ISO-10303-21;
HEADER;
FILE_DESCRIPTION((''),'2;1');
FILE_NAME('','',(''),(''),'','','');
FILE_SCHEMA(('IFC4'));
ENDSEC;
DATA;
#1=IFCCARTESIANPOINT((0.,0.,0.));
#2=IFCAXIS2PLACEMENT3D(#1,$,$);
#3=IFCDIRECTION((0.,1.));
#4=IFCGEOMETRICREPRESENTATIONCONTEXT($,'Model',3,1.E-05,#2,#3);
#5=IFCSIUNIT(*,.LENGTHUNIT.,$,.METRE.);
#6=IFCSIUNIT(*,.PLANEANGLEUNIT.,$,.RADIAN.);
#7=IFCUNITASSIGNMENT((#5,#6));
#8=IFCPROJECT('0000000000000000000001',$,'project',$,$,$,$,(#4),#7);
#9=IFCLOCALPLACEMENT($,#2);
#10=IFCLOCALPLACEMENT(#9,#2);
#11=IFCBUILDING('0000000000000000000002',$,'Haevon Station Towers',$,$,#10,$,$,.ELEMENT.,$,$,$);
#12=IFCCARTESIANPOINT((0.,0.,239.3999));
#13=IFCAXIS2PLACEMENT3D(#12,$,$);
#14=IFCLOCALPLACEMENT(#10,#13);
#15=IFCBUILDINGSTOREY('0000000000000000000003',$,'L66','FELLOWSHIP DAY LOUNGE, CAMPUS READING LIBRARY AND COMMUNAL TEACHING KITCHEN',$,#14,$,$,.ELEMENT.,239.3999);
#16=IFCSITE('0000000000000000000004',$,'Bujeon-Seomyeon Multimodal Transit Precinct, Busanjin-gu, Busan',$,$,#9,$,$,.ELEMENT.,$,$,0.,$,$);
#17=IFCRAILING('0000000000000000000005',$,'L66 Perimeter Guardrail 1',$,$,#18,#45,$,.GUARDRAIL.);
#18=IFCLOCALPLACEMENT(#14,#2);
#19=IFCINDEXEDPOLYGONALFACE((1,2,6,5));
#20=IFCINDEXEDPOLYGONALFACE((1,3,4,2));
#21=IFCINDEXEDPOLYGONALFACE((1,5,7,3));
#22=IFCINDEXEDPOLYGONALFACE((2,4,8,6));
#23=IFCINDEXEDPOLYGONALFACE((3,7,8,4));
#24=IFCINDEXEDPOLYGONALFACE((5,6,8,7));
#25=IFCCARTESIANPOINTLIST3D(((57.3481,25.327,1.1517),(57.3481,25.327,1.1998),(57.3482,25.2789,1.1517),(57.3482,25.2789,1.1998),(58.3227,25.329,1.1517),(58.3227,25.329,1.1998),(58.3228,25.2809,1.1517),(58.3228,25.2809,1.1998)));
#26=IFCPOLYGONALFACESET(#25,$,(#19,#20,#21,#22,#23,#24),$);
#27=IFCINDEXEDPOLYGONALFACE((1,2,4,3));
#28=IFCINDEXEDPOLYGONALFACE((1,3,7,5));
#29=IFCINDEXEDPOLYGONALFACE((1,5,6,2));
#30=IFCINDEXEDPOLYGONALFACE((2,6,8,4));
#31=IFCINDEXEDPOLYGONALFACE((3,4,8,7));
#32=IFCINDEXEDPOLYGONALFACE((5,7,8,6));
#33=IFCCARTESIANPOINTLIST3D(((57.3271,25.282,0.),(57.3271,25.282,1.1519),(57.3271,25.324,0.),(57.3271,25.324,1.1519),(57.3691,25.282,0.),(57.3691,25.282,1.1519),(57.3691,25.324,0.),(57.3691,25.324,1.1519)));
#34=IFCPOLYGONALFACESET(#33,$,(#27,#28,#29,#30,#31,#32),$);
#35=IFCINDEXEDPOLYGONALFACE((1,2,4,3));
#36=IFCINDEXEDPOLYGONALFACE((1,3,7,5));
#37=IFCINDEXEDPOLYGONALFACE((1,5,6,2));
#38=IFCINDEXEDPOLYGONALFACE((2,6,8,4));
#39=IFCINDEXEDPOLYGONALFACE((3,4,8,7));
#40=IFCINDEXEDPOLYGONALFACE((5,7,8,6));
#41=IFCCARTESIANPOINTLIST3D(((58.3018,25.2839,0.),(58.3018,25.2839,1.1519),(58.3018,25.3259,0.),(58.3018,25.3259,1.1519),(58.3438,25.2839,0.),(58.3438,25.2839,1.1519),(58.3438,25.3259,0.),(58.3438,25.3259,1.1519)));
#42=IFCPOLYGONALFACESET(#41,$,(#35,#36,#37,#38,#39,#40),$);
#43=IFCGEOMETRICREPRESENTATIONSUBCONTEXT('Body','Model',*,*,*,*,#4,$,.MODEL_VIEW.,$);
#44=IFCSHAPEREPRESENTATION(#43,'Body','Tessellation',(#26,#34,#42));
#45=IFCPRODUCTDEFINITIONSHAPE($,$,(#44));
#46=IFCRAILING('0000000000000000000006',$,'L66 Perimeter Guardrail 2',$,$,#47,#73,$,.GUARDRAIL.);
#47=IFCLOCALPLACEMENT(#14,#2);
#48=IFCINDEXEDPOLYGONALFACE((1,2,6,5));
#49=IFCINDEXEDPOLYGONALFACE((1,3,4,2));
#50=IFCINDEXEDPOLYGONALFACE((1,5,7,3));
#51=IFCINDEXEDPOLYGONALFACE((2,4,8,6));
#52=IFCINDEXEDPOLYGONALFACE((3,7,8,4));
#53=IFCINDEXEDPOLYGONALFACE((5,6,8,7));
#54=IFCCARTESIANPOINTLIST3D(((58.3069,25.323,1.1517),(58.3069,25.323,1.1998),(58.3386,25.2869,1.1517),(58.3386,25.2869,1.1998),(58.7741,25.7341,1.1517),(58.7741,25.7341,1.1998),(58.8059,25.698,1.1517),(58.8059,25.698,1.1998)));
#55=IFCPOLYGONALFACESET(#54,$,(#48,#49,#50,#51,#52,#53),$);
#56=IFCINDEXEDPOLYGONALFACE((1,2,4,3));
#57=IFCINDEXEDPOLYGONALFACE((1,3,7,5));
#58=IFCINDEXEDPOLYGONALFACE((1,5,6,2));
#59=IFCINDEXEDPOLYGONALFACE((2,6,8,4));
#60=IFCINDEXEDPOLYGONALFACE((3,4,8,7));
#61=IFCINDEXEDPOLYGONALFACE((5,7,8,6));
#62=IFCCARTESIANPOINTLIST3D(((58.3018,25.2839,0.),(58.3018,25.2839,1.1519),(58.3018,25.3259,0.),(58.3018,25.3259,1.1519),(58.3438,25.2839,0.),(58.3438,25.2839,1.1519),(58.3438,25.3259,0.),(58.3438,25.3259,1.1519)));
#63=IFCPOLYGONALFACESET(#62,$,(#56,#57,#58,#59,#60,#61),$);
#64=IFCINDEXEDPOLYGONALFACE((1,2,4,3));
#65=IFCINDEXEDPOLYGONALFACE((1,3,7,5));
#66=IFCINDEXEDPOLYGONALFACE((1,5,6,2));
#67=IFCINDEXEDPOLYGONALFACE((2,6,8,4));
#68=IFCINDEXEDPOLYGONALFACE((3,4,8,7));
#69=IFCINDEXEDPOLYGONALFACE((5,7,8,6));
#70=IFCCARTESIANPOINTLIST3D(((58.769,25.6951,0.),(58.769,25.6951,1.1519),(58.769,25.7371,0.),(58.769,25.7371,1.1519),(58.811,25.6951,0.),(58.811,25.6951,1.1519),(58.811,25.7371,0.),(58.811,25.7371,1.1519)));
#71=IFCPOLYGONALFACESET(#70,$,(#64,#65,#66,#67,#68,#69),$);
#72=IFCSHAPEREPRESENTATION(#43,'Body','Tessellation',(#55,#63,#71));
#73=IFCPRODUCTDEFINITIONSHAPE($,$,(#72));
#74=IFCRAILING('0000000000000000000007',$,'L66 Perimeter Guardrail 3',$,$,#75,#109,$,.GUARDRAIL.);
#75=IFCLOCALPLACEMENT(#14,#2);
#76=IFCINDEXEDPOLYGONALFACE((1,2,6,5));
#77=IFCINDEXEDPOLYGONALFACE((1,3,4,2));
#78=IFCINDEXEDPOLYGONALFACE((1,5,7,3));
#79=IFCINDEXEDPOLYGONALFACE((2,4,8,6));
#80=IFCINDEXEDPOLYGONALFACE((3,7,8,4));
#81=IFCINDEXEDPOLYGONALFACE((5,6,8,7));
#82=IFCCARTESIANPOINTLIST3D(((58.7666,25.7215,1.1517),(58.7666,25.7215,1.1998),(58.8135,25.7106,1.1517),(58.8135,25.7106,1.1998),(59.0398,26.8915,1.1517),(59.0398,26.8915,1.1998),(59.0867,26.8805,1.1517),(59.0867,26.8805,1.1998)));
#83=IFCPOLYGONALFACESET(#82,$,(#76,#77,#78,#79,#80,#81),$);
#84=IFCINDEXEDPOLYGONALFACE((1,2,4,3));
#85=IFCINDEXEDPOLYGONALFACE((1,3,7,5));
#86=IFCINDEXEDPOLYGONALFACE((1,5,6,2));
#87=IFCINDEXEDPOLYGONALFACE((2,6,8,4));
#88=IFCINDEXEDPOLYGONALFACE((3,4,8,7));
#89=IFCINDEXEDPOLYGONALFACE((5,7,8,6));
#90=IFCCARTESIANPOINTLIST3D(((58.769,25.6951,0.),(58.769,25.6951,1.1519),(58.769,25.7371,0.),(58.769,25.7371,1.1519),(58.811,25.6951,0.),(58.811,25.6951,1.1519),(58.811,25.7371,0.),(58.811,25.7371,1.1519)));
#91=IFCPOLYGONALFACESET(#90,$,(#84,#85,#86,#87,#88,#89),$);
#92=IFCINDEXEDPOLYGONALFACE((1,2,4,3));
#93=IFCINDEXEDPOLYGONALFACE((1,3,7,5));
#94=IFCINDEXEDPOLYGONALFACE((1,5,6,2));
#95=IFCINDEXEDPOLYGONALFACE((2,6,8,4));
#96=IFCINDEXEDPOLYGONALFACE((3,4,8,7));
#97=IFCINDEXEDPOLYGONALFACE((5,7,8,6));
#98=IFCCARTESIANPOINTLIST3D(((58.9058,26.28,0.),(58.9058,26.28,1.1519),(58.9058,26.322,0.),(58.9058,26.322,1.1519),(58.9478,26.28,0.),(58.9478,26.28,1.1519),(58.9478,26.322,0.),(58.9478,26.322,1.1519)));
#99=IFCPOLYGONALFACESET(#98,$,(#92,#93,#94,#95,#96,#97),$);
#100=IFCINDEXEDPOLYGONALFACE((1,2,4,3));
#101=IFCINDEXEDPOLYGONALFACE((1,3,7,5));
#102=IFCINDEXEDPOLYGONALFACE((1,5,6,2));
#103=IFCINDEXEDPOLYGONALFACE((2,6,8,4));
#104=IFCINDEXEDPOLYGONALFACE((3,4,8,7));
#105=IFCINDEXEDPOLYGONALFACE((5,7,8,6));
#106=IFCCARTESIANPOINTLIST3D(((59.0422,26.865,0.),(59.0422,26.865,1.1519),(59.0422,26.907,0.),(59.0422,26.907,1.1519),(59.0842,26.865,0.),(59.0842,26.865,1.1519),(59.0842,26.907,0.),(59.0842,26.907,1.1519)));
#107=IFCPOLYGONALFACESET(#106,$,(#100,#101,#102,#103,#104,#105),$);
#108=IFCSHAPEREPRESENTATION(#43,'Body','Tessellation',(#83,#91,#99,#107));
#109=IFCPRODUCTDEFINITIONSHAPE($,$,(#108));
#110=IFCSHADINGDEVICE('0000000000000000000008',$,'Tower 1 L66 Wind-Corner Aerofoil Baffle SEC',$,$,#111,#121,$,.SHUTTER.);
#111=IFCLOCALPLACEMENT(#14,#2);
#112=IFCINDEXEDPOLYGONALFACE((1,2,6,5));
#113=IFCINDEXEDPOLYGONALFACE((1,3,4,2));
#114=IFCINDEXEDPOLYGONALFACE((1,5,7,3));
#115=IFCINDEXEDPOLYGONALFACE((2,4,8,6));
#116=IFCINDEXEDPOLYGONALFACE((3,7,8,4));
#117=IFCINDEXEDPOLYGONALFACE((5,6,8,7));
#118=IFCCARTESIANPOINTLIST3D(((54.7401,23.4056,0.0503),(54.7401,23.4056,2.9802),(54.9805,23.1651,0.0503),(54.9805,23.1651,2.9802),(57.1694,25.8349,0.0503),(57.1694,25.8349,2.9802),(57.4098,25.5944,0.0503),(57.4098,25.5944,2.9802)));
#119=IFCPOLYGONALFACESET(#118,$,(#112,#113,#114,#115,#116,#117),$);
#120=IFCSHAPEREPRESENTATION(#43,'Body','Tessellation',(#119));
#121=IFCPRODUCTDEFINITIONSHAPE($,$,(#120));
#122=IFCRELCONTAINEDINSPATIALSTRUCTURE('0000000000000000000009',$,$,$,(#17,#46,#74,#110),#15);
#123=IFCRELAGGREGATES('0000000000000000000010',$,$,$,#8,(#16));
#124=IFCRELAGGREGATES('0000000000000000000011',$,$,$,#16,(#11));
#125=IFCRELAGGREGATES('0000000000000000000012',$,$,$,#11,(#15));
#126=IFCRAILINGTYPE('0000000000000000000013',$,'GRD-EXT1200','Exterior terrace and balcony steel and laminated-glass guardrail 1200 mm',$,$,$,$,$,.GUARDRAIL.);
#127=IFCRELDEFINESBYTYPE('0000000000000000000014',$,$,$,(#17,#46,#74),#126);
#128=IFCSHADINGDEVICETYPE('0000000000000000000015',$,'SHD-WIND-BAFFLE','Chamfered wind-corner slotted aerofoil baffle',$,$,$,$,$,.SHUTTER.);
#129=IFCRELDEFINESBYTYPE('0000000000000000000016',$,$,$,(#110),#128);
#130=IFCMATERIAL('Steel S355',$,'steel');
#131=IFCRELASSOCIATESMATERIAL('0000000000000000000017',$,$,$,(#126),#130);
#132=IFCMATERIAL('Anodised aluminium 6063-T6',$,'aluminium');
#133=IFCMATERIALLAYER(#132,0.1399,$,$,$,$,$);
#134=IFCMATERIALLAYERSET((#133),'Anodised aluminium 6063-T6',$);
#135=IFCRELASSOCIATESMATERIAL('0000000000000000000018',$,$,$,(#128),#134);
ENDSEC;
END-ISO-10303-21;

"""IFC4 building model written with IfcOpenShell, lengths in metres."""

from ifc_helpers import new_model, si_unit, direction, frame, origin, origin_2d, place, context, subcontext, project, spatial, rectangle, extrude, material, layer, layer_set, type_object, element, save


model = new_model("IFC4")

# Units and contexts
model_context = context("Model", 3, precision=1e-05, world=origin(), true_north=direction((0.0, 1.0)))
body_context = subcontext(model_context, "Body", "Model", "MODEL_VIEW")
ifc_project = project(units=[si_unit("LENGTHUNIT", "METRE"), si_unit("PLANEANGLEUNIT", "RADIAN")], contexts=[model_context])

# Site, building, storey
site_placement = place(None, origin())
site = spatial("IfcSite", under=ifc_project, at=site_placement, Name="Bujeon-Seomyeon Multimodal Transit Precinct, Busanjin-gu, Busan", CompositionType="ELEMENT", RefElevation=0.0)
building_placement = place(site_placement, origin())
building = spatial("IfcBuilding", under=site, at=building_placement, Name="Haevon Station Towers", CompositionType="ELEMENT")
storey_placement = place(building_placement, frame((0.0, 0.0, 239.3999)))
storey = spatial("IfcBuildingStorey", under=building, at=storey_placement, Name="L66", Description="FELLOWSHIP DAY LOUNGE, CAMPUS READING LIBRARY AND COMMUNAL TEACHING KITCHEN", CompositionType="ELEMENT", Elevation=239.3999)

# Shared definitions
ifc_material_1 = material(Name="Steel S355", Category="steel")

# Railings
railing_type = type_object("IfcRailingType", Name="GRD-EXT1200", Description="Exterior terrace and balcony steel and laminated-glass guardrail 1200 mm", PredefinedType="GUARDRAIL", material=ifc_material_1)
railing_1_placement = place(storey_placement, frame((57.3481, 25.303, 0.0)))
element("IfcRailing", 1, at=railing_1_placement, inside=storey, type_object=railing_type, Name="L66 Perimeter Guardrail 1", PredefinedType="GUARDRAIL", context=body_context, shape_type="SweptSolid", body=[
    extrude(rectangle(XDim=0.0481, YDim=0.0481, at=origin_2d()), frame((0.0, 0.0, 1.1758), z_axis=(0.999998, 0.002004, 0.0), x_axis=(-0.002004, 0.999998, 0.0)), (0.0, 0.0, 1.0), 0.9746),
    extrude(rectangle(XDim=0.042, YDim=0.042, at=origin_2d()), origin(), (0.0, 0.0, 1.0), 1.1519),
    extrude(rectangle(XDim=0.042, YDim=0.042, at=origin_2d()), frame((0.9746, 0.002, 0.0)), (0.0, 0.0, 1.0), 1.1519),
])
railing_2_placement = place(storey_placement, frame((58.3228, 25.3049, 0.0)))
element("IfcRailing", 2, at=railing_2_placement, inside=storey, type_object=railing_type, Name="L66 Perimeter Guardrail 2", PredefinedType="GUARDRAIL", context=body_context, shape_type="SweptSolid", body=[
    extrude(rectangle(XDim=0.0481, YDim=0.0481, at=origin_2d()), frame((0.0, 0.0, 1.1758), z_axis=(0.750776, 0.660557, 0.0), x_axis=(-0.660557, 0.750776, 0.0)), (0.0, 0.0, 1.0), 0.6223),
    extrude(rectangle(XDim=0.042, YDim=0.042, at=origin_2d()), origin(), (0.0, 0.0, 1.0), 1.1519),
    extrude(rectangle(XDim=0.042, YDim=0.042, at=origin_2d()), frame((0.4673, 0.4111, 0.0)), (0.0, 0.0, 1.0), 1.1519),
])
railing_3_placement = place(storey_placement, frame((58.79, 25.7161, 0.0)))
element("IfcRailing", 3, at=railing_3_placement, inside=storey, type_object=railing_type, Name="L66 Perimeter Guardrail 3", PredefinedType="GUARDRAIL", context=body_context, shape_type="SweptSolid", body=[
    extrude(rectangle(XDim=0.0481, YDim=0.0481, at=origin_2d()), frame((0.0, 0.0, 1.1758), z_axis=(0.227397, 0.973802, 0.0), x_axis=(-0.973802, 0.227397, 0.0)), (0.0, 0.0, 1.0), 1.2014),
    extrude(rectangle(XDim=0.042, YDim=0.042, at=origin_2d()), origin(), (0.0, 0.0, 1.0), 1.1519),
    extrude(rectangle(XDim=0.042, YDim=0.042, at=origin_2d()), frame((0.1367, 0.585, 0.0)), (0.0, 0.0, 1.0), 1.1519),
    extrude(rectangle(XDim=0.042, YDim=0.042, at=origin_2d()), frame((0.2732, 1.1699, 0.0)), (0.0, 0.0, 1.0), 1.1519),
])

# Shading device
ifc_material_2 = material(Name="Anodised aluminium 6063-T6", Category="aluminium")
ifc_layer_1 = layer(ifc_material_2, 0.1399)
ifc_layer_set_1 = layer_set([ifc_layer_1], Name="Anodised aluminium 6063-T6")
shading_device_type = type_object("IfcShadingDeviceType", Name="SHD-WIND-BAFFLE", Description="Chamfered wind-corner slotted aerofoil baffle", PredefinedType="SHUTTER", material=ifc_layer_set_1)
shading_device_placement = place(storey_placement, frame((56.075, 24.5, 0.0503), z_axis=(0.0, 0.0, 1.0), x_axis=(-0.707107, -0.707107, 0.0)))
element("IfcShadingDevice", 4, at=shading_device_placement, inside=storey, type_object=shading_device_type, Name="Tower 1 L66 Wind-Corner Aerofoil Baffle SEC", PredefinedType="SHUTTER", context=body_context, shape_type="SweptSolid", body=[
    extrude(rectangle(XDim=3.4355, YDim=0.3401, at=origin_2d()), origin(), (0.0, 0.0, 1.0), 2.9299),
])

save(model, "model.ifc")
